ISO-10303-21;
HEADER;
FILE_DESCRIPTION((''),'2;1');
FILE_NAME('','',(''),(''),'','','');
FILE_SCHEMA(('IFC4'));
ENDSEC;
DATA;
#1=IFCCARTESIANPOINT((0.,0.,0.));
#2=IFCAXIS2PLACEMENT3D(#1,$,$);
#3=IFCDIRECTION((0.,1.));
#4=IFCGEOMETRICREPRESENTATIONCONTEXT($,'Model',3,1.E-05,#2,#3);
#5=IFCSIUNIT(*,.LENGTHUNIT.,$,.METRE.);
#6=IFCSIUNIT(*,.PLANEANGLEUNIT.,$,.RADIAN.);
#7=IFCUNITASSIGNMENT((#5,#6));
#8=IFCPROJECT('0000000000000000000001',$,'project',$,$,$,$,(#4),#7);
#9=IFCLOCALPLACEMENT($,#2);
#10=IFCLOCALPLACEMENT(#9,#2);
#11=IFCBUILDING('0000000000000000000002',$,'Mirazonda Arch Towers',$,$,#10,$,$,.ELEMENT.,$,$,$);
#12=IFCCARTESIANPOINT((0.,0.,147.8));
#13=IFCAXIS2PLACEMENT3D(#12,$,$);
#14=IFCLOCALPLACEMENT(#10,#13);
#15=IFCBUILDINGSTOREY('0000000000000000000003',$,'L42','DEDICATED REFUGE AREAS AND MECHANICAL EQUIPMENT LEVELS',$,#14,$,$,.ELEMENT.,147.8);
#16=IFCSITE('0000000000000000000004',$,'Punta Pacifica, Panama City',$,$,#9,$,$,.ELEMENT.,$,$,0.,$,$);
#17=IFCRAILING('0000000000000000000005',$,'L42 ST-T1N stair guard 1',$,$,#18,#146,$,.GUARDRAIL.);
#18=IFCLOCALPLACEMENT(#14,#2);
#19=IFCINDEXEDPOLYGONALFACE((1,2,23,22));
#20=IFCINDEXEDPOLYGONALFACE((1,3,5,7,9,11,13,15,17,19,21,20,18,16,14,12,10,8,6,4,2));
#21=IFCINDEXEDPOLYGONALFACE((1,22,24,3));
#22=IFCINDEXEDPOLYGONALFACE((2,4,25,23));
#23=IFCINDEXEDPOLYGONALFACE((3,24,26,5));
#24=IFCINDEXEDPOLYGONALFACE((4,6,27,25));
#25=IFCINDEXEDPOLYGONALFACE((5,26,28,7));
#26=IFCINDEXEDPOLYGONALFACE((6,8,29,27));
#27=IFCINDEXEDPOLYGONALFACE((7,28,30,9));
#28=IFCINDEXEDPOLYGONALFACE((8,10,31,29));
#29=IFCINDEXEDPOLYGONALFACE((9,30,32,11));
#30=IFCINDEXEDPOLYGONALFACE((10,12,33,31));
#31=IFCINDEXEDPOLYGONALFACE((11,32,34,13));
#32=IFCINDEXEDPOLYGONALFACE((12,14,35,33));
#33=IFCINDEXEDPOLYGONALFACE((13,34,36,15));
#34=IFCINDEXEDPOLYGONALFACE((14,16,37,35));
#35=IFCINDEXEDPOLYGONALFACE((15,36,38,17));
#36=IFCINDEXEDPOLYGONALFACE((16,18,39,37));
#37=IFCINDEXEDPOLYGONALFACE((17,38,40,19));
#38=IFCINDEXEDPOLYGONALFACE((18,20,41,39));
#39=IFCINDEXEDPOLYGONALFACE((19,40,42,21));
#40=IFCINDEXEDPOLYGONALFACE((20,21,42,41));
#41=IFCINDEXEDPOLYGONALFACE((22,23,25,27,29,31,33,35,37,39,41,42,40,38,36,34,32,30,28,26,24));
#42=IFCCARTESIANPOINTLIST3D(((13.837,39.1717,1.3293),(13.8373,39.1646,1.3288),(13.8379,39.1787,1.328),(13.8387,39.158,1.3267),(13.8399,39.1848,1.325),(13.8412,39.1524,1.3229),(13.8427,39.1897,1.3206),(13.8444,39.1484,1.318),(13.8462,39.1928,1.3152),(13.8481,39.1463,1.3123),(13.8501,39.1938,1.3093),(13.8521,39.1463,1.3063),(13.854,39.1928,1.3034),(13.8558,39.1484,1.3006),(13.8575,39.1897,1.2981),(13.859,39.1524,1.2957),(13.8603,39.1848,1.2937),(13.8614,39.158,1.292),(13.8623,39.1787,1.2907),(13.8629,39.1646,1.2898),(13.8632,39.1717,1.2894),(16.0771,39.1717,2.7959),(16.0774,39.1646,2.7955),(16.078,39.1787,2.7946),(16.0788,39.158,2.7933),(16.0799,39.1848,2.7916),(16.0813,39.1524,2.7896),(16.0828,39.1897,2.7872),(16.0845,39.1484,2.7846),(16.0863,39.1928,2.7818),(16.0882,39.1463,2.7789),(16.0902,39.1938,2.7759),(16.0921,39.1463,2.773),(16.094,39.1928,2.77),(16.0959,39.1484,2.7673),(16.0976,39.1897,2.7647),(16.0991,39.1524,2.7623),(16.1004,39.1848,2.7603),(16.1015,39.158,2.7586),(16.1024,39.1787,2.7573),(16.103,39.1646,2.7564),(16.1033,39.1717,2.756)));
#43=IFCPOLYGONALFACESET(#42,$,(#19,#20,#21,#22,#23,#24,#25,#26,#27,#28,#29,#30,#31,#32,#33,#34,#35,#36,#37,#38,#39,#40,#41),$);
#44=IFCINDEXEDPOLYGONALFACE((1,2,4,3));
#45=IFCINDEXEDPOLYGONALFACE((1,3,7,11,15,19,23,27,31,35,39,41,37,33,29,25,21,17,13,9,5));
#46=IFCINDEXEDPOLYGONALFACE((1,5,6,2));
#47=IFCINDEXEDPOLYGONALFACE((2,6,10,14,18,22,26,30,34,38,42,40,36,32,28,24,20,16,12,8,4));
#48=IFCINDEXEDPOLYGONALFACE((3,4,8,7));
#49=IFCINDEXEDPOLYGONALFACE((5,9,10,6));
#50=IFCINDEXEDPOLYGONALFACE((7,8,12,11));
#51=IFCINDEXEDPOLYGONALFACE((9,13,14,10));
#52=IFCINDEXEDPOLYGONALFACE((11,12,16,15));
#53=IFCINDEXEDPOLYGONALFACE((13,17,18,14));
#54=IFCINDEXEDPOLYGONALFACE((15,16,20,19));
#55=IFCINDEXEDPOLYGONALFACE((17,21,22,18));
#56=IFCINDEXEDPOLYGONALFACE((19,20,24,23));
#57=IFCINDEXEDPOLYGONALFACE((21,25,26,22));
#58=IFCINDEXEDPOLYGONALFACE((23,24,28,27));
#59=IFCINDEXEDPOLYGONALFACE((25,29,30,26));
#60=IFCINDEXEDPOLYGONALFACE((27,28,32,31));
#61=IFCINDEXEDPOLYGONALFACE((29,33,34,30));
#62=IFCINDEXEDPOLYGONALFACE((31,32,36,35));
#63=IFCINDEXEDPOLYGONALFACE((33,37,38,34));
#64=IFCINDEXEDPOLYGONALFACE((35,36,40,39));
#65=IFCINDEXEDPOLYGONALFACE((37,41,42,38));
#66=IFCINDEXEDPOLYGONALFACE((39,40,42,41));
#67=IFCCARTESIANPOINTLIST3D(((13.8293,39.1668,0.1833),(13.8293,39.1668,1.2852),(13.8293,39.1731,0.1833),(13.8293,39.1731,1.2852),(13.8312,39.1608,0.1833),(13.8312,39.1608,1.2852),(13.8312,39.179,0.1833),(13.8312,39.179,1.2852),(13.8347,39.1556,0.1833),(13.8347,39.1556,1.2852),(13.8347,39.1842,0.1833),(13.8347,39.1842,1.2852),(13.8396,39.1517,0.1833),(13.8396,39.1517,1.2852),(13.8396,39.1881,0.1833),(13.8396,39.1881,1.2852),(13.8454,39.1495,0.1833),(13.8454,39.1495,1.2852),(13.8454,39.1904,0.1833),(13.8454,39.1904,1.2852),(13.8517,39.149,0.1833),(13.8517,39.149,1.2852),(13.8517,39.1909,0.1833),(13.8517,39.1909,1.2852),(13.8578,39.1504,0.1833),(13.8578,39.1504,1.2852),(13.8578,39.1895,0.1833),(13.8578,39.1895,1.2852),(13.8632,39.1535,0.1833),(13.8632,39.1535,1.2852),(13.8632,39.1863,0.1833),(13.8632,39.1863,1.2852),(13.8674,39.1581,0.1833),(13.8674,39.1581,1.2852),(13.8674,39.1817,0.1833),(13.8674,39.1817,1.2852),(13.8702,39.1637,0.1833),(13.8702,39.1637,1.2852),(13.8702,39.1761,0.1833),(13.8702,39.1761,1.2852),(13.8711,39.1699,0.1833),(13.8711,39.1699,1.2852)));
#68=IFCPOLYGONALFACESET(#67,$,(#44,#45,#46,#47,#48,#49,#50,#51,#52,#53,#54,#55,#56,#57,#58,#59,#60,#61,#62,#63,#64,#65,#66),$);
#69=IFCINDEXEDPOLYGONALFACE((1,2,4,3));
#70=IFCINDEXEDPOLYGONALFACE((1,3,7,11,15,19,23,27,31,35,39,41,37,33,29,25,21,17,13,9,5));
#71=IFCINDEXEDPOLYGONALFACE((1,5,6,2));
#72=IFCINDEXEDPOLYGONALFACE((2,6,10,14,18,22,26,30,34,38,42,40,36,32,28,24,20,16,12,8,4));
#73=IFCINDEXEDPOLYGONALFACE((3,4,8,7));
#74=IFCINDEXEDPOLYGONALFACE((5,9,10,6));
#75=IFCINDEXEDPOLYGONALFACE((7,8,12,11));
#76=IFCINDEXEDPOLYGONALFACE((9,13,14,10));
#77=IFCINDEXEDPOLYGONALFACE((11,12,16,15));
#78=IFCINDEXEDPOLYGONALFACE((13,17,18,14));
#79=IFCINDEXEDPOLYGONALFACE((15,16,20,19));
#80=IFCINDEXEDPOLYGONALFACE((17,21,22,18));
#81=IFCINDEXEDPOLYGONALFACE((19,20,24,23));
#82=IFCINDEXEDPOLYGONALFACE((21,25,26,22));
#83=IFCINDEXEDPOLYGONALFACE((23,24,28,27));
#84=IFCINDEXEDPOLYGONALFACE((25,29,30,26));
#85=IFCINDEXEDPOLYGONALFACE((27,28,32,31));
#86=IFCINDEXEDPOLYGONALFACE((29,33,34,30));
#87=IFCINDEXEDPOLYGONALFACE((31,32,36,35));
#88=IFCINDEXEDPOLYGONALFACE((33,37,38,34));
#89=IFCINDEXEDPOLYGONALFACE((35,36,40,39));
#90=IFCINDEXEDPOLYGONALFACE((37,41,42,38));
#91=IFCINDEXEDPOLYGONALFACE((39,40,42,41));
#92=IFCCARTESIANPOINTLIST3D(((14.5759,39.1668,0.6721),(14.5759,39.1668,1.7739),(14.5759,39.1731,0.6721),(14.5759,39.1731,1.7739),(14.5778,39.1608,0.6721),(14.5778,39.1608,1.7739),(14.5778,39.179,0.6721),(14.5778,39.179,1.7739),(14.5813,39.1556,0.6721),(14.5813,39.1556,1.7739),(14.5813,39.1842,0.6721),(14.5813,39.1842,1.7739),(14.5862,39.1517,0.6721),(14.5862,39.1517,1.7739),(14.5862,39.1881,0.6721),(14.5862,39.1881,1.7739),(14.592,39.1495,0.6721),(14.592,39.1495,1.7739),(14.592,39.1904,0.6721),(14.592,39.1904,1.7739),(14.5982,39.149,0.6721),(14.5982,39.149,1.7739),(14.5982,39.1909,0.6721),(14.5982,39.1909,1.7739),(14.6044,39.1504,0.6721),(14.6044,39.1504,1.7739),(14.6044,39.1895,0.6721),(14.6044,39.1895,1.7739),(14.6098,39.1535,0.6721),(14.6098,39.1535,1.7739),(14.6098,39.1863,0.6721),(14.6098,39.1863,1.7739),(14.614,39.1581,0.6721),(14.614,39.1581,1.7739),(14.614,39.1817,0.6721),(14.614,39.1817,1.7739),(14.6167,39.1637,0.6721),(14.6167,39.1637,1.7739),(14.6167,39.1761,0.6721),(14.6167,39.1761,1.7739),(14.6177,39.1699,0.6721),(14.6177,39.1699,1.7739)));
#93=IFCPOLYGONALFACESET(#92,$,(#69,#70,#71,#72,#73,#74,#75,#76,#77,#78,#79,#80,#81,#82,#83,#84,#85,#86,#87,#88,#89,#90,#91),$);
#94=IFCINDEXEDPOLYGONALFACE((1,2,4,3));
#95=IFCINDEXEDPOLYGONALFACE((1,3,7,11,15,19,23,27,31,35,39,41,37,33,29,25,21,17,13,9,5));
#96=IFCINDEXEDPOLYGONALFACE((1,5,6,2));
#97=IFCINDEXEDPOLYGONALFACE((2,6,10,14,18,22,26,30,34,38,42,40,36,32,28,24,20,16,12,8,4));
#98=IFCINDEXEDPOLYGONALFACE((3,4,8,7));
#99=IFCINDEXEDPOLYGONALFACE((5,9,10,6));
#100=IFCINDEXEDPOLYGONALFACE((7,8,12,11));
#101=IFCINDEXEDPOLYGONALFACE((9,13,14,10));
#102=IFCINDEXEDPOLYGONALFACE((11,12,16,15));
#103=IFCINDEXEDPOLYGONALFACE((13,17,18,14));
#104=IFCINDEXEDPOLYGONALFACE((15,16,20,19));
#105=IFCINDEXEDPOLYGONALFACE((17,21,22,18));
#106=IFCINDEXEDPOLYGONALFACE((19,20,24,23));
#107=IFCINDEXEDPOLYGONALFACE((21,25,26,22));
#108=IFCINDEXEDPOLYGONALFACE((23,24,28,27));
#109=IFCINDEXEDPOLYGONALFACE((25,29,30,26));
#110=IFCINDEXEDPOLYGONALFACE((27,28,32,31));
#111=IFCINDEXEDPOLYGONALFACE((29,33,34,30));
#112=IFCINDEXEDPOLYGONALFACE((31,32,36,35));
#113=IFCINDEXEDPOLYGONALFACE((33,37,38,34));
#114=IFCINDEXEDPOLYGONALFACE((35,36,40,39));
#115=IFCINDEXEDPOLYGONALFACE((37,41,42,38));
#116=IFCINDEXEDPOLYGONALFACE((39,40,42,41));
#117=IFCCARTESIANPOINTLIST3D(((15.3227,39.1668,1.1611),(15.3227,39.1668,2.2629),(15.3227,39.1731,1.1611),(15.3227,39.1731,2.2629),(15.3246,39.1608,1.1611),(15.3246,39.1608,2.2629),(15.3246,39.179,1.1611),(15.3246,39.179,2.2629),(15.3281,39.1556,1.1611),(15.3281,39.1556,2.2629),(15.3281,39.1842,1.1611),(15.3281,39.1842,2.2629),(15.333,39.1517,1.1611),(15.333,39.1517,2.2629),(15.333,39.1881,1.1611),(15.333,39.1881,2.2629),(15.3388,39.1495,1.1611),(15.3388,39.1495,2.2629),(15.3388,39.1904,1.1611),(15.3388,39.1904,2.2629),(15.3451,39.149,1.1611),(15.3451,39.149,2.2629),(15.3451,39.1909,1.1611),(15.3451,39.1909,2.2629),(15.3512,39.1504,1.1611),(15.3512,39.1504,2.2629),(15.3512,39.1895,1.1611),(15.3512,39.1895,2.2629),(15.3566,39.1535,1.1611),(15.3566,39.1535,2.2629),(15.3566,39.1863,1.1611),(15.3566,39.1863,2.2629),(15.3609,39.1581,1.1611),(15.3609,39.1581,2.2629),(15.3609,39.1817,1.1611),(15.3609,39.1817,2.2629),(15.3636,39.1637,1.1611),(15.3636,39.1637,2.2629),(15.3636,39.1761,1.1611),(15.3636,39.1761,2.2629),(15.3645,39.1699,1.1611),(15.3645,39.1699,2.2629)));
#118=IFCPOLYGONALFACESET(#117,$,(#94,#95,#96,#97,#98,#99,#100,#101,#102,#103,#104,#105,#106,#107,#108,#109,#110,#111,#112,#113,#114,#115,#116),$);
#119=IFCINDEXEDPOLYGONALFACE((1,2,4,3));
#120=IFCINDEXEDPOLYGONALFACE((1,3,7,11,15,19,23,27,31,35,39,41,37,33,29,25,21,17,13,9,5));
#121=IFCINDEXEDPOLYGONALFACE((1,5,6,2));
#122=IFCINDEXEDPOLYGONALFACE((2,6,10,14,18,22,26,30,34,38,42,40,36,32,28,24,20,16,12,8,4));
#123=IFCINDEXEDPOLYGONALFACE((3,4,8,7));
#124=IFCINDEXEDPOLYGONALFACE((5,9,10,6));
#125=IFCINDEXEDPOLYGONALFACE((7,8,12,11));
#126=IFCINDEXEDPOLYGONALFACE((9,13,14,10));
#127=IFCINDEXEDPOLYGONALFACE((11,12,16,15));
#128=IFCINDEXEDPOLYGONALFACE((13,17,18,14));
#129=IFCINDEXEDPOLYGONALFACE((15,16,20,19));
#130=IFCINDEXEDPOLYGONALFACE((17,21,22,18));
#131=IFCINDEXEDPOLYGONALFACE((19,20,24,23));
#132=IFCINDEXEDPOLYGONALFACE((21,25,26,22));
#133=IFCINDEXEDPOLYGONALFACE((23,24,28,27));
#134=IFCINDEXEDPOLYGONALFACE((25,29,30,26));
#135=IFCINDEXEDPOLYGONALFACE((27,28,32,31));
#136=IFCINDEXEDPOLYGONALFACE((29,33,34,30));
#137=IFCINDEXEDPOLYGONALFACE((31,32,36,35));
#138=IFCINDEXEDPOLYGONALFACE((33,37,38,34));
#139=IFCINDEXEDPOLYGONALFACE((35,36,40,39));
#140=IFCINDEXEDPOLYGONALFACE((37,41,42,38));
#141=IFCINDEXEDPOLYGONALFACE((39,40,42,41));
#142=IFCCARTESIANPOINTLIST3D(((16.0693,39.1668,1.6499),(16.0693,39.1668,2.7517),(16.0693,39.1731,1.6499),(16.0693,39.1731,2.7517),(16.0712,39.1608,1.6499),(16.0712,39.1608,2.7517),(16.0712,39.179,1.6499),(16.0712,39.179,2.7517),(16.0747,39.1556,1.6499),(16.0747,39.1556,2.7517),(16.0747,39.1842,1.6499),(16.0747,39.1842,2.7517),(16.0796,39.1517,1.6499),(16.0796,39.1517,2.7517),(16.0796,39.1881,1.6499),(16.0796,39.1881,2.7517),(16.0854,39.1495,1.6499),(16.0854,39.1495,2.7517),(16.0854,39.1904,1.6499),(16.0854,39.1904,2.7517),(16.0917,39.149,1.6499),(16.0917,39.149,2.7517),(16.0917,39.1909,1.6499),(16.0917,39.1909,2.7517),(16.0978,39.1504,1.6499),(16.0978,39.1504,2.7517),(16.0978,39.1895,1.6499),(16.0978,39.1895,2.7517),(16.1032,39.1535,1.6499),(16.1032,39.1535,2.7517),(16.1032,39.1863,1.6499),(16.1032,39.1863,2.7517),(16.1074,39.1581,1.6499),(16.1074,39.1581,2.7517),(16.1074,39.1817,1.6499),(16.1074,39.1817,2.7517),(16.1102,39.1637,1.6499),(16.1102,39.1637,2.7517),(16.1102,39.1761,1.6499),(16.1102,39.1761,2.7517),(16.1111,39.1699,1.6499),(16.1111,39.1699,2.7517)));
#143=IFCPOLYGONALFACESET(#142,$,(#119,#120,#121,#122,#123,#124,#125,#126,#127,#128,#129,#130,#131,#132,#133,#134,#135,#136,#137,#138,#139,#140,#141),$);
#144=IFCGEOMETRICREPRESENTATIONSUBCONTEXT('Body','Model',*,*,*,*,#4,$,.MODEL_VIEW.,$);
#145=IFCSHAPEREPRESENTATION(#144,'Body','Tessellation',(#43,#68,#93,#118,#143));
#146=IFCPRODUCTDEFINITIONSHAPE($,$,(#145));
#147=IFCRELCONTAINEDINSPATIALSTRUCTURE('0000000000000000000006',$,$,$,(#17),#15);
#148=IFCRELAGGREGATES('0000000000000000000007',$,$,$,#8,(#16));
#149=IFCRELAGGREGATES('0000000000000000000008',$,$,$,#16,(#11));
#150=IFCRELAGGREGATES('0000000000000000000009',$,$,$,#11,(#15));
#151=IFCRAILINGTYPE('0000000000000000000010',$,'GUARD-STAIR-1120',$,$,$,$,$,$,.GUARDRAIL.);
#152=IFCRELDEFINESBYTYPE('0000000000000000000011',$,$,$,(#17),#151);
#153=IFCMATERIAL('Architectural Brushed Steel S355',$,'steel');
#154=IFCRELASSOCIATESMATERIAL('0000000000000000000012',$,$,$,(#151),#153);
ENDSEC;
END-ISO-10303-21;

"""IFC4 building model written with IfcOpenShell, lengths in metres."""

from ifc_helpers import new_model, si_unit, direction, frame, origin, origin_2d, place, context, subcontext, project, spatial, circle, extrude, material, type_object, element, save


model = new_model("IFC4")

# Units and contexts
model_context = context("Model", 3, precision=1e-05, world=origin(), true_north=direction((0.0, 1.0)))
body_context = subcontext(model_context, "Body", "Model", "MODEL_VIEW")
ifc_project = project(units=[si_unit("LENGTHUNIT", "METRE"), si_unit("PLANEANGLEUNIT", "RADIAN")], contexts=[model_context])

# Site, building, storey
site_placement = place(None, origin())
site = spatial("IfcSite", under=ifc_project, at=site_placement, Name="Punta Pacifica, Panama City", CompositionType="ELEMENT", RefElevation=0.0)
building_placement = place(site_placement, origin())
building = spatial("IfcBuilding", under=site, at=building_placement, Name="Mirazonda Arch Towers", CompositionType="ELEMENT")
storey_placement = place(building_placement, frame((0.0, 0.0, 147.8)))
storey = spatial("IfcBuildingStorey", under=building, at=storey_placement, Name="L42", Description="DEDICATED REFUGE AREAS AND MECHANICAL EQUIPMENT LEVELS", CompositionType="ELEMENT", Elevation=147.8)

# Shared definitions
ifc_material_1 = material(Name="Architectural Brushed Steel S355", Category="steel")

# Railing
railing_type_1 = type_object("IfcRailingType", Name="GUARD-STAIR-1120", PredefinedType="GUARDRAIL", material=ifc_material_1)
railing_1_placement = place(storey_placement, frame((13.8501, 39.1699, 0.1833)))
element("IfcRailing", 1, at=railing_1_placement, inside=storey, type_object=railing_type_1, Name="L42 ST-T1N stair guard 1", PredefinedType="GUARDRAIL", context=body_context, shape_type="SweptSolid", body=[
    extrude(circle(Radius=0.0239, at=origin_2d()), frame((0.0, 0.0, 1.126), z_axis=(0.836637, 0.0, 0.547758), x_axis=(0.0, 1.0, 0.0)), (0.0, 0.0, 1.0), 2.6775),
    extrude(circle(Radius=0.021, at=origin_2d()), origin(), (0.0, 0.0, 1.0), 1.1018),
    extrude(circle(Radius=0.021, at=origin_2d()), frame((0.7466, 0.0, 0.4888)), (0.0, 0.0, 1.0), 1.1018),
    extrude(circle(Radius=0.021, at=origin_2d()), frame((1.4934, 0.0, 0.9778)), (0.0, 0.0, 1.0), 1.1018),
    extrude(circle(Radius=0.021, at=origin_2d()), frame((2.24, 0.0, 1.4666)), (0.0, 0.0, 1.0), 1.1018),
])

save(model, "model.ifc")
